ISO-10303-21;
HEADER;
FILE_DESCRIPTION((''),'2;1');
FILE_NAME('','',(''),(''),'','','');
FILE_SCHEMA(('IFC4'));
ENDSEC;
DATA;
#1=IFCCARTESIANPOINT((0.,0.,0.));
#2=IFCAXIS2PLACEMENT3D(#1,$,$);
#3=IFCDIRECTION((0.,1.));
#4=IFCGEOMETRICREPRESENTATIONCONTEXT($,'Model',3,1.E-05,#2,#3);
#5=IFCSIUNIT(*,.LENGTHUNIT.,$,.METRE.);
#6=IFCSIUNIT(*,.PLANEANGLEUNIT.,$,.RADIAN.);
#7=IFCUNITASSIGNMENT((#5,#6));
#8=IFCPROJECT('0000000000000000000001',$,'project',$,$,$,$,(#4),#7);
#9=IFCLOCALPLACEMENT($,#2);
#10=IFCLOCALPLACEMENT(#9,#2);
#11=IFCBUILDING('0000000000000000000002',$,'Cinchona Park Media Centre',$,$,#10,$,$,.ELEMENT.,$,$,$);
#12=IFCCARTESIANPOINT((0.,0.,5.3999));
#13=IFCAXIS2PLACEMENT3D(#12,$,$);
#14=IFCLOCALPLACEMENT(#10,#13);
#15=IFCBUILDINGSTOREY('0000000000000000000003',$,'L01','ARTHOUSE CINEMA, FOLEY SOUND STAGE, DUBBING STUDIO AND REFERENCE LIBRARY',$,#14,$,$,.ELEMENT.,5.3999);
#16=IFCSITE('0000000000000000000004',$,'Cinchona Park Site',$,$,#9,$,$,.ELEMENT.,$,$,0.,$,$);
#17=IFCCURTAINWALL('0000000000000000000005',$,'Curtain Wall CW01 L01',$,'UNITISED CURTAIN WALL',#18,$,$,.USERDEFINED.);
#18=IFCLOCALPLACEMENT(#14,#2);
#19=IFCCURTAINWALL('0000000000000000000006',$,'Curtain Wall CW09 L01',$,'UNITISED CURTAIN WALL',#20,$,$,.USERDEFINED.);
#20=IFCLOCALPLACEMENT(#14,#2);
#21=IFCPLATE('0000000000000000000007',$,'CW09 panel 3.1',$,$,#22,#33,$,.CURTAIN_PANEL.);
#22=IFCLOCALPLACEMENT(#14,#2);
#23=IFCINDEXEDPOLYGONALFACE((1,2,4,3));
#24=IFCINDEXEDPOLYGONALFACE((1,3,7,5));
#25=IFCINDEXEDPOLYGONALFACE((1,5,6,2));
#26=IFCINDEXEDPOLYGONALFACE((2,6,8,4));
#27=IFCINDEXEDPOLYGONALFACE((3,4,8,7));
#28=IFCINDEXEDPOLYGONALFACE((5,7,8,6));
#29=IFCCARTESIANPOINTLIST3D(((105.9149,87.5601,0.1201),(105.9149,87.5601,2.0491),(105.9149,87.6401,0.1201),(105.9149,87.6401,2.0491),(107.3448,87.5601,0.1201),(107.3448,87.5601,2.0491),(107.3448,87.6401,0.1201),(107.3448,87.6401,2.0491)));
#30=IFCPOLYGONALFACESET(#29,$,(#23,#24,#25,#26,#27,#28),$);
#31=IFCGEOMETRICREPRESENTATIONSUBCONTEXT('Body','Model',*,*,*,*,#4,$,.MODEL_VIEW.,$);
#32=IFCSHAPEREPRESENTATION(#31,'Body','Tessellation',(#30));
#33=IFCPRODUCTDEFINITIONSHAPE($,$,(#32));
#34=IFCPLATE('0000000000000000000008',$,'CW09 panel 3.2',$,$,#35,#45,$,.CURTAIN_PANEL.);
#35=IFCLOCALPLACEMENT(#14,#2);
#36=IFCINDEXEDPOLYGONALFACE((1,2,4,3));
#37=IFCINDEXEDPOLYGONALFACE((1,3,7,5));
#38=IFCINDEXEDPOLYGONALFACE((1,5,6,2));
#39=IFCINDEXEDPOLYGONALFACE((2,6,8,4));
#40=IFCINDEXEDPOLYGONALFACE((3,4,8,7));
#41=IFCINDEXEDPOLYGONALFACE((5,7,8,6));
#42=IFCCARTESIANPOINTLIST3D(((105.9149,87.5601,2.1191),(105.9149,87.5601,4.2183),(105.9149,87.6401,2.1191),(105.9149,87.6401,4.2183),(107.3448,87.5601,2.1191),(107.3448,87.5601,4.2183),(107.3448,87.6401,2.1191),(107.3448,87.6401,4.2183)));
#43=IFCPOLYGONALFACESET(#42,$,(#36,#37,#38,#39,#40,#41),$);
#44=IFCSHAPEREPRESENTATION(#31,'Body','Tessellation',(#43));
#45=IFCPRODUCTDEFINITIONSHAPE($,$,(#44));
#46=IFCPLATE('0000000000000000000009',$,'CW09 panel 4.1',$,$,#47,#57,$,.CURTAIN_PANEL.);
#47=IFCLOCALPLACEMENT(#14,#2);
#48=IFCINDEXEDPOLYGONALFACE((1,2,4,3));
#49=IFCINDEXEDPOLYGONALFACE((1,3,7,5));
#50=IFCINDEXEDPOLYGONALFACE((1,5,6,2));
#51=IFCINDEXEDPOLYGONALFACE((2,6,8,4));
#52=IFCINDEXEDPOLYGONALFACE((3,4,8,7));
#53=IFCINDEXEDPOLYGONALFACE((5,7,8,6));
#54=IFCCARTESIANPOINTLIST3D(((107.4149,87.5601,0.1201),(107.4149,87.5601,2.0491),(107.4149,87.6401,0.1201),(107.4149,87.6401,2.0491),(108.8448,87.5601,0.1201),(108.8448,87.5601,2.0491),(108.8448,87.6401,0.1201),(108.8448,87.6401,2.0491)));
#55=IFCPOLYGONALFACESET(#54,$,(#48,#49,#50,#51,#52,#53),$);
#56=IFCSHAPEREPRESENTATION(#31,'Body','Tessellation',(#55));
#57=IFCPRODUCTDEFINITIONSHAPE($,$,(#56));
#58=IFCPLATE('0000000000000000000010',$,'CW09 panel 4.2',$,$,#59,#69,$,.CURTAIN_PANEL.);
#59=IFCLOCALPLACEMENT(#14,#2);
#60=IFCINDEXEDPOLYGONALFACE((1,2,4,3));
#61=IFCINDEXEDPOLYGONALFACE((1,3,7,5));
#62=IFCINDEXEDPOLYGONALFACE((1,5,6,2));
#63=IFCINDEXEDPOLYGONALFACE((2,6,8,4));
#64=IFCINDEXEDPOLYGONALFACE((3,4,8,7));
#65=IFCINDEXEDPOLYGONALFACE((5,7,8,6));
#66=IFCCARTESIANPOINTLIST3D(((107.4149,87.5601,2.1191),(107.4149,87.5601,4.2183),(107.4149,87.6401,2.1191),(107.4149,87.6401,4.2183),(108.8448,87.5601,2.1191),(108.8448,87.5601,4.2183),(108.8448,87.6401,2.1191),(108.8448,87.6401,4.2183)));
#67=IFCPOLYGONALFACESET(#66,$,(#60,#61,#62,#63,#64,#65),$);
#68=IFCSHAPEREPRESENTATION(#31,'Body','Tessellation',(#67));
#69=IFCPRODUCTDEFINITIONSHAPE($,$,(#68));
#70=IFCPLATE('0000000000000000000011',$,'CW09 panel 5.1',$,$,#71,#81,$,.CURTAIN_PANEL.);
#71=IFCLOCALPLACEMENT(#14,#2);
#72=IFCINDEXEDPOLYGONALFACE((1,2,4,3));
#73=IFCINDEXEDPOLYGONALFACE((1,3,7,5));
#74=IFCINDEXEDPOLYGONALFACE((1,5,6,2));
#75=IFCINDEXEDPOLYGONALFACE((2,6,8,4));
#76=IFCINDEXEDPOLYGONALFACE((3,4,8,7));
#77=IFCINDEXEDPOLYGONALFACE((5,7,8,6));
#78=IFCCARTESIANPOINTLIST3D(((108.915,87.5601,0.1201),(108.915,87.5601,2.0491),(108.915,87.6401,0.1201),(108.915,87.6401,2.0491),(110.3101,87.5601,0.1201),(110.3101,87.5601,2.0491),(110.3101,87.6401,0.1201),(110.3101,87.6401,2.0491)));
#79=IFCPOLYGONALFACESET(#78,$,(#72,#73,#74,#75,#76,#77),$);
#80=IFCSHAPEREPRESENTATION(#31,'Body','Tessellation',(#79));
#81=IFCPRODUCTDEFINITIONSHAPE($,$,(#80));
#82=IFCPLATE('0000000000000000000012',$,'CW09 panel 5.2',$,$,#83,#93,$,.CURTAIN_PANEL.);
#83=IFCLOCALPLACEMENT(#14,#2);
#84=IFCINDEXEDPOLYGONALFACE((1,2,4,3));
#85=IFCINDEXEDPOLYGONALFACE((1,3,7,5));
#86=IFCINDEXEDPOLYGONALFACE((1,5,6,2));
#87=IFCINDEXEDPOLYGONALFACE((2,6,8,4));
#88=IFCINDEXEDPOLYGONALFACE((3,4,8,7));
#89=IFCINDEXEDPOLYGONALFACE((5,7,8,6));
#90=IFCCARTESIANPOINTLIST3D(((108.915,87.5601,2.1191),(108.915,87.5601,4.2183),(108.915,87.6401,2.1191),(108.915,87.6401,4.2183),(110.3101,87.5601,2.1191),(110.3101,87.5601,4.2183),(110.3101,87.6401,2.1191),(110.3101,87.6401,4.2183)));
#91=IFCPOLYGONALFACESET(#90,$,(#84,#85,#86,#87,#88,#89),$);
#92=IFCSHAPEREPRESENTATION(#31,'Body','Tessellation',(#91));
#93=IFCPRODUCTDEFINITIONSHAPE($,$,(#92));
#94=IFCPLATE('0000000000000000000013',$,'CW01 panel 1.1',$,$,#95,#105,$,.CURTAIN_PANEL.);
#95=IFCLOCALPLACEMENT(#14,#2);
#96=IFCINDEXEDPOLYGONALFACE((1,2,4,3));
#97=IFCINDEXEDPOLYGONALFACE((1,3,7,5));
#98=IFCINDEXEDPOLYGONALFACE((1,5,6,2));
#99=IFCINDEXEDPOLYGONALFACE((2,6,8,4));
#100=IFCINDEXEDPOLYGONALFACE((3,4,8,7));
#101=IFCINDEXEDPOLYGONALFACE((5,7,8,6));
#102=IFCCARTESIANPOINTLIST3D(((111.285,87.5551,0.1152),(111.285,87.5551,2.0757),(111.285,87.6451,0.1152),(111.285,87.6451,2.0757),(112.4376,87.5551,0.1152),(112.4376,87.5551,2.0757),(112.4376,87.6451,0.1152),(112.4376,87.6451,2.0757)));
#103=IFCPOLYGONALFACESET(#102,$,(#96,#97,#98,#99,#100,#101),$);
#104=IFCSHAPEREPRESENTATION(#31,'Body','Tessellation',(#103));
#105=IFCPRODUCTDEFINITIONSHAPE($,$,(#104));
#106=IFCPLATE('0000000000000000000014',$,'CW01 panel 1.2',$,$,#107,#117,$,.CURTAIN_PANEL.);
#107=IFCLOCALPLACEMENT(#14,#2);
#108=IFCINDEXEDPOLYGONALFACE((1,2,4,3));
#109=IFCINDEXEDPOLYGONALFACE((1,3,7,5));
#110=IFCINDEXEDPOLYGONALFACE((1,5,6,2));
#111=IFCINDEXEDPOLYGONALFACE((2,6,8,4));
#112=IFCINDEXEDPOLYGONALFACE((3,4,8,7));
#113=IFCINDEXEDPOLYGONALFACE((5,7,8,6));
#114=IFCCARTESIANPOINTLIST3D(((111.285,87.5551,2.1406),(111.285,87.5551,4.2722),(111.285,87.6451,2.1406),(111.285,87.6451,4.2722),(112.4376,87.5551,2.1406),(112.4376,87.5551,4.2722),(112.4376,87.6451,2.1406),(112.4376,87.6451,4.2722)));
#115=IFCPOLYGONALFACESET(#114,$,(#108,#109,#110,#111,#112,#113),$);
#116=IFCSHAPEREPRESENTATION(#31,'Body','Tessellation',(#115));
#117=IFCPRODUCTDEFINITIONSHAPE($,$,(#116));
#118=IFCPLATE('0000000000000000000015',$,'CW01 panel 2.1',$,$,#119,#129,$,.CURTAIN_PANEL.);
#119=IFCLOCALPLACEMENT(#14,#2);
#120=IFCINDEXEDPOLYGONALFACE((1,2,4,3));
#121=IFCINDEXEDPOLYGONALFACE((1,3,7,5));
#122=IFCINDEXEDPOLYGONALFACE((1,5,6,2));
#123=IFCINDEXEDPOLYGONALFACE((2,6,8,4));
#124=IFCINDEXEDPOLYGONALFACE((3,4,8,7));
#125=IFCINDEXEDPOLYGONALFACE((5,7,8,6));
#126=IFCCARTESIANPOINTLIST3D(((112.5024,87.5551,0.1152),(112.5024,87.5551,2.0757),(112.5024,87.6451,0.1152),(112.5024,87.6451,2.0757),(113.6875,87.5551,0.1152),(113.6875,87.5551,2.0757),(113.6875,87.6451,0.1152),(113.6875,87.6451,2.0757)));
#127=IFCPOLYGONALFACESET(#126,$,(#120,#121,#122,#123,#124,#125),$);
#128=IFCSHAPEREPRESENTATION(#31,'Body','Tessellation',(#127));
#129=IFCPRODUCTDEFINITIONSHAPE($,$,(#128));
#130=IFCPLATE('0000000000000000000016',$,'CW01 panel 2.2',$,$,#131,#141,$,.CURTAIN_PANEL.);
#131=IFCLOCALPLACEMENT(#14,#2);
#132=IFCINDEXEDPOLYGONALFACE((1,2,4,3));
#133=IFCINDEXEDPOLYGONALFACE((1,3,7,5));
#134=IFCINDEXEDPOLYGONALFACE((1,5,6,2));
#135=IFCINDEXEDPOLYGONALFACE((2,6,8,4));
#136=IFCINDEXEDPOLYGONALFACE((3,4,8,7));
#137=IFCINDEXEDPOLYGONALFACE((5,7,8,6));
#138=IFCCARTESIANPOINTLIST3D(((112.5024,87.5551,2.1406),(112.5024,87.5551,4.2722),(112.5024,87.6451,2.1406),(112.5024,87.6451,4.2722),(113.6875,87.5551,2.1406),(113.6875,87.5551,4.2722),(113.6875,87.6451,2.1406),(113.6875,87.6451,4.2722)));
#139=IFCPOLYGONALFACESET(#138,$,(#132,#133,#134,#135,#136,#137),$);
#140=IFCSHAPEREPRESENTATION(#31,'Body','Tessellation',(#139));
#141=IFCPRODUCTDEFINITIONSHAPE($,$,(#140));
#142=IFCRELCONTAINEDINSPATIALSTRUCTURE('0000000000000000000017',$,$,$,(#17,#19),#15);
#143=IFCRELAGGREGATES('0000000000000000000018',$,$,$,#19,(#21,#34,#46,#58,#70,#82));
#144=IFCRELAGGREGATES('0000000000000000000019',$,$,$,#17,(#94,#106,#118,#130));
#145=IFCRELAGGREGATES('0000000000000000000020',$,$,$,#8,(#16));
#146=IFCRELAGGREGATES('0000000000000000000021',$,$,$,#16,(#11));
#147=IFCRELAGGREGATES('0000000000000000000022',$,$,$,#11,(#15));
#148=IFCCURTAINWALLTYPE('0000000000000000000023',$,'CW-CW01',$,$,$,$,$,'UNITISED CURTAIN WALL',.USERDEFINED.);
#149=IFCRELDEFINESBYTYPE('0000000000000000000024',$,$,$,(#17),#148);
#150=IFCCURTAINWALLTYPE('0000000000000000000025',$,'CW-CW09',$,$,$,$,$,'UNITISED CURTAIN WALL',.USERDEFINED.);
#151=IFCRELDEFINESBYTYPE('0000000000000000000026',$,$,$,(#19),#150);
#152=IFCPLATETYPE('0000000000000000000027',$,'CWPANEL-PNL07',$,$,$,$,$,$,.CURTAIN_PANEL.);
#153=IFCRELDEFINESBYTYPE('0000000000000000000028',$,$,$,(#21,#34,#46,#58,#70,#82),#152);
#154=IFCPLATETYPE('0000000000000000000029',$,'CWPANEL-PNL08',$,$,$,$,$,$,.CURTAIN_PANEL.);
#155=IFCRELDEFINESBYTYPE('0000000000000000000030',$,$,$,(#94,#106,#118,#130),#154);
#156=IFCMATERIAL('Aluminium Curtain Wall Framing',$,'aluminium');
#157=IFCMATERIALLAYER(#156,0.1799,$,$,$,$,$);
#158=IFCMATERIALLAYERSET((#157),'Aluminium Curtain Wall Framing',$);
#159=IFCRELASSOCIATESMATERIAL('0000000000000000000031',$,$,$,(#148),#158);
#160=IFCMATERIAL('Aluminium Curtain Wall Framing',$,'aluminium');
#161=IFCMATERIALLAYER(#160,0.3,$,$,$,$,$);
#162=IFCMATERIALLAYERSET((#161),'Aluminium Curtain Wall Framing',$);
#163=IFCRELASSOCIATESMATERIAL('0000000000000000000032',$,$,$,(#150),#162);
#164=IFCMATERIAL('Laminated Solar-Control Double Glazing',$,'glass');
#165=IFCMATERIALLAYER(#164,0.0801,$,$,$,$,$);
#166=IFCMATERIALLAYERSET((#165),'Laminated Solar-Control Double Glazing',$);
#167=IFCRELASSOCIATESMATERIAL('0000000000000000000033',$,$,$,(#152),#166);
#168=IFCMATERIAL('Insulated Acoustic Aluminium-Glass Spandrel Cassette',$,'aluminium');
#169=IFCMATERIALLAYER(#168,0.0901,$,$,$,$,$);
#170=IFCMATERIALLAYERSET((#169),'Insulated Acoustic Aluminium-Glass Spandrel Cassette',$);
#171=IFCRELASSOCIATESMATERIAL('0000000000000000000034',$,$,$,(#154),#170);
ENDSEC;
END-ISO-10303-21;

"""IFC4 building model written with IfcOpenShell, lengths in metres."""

from ifc_helpers import new_model, si_unit, direction, frame, origin, origin_2d, place, context, subcontext, project, spatial, rectangle, extrude, material, layer, layer_set, type_object, element, aggregate, save


model = new_model("IFC4")

# Units and contexts
model_context = context("Model", 3, precision=1e-05, world=origin(), true_north=direction((0.0, 1.0)))
body_context = subcontext(model_context, "Body", "Model", "MODEL_VIEW")
ifc_project = project(units=[si_unit("LENGTHUNIT", "METRE"), si_unit("PLANEANGLEUNIT", "RADIAN")], contexts=[model_context])

# Site, building, storey
site_placement = place(None, origin())
site = spatial("IfcSite", under=ifc_project, at=site_placement, Name="Cinchona Park Site", CompositionType="ELEMENT", RefElevation=0.0)
building_placement = place(site_placement, origin())
building = spatial("IfcBuilding", under=site, at=building_placement, Name="Cinchona Park Media Centre", CompositionType="ELEMENT")
storey_placement = place(building_placement, frame((0.0, 0.0, 5.3999)))
storey = spatial("IfcBuildingStorey", under=building, at=storey_placement, Name="L01", Description="ARTHOUSE CINEMA, FOLEY SOUND STAGE, DUBBING STUDIO AND REFERENCE LIBRARY", CompositionType="ELEMENT", Elevation=5.3999)

# Curtain walls
ifc_material_1 = material(Name="Aluminium Curtain Wall Framing", Category="aluminium")
ifc_layer_1 = layer(ifc_material_1, 0.1799)
ifc_layer_set_1 = layer_set([ifc_layer_1], Name="Aluminium Curtain Wall Framing")
curtain_wall_type_1 = type_object("IfcCurtainWallType", Name="CW-CW01", ElementType="UNITISED CURTAIN WALL", PredefinedType="USERDEFINED", material=ifc_layer_set_1)
curtain_wall_1_placement = place(storey_placement, origin())
curtain_wall_1 = element("IfcCurtainWall", 1, at=curtain_wall_1_placement, inside=storey, type_object=curtain_wall_type_1, Name="Curtain Wall CW01 L01", ObjectType="UNITISED CURTAIN WALL", PredefinedType="USERDEFINED")
ifc_material_2 = material(Name="Aluminium Curtain Wall Framing", Category="aluminium")
ifc_layer_2 = layer(ifc_material_2, 0.3)
ifc_layer_set_2 = layer_set([ifc_layer_2], Name="Aluminium Curtain Wall Framing")
curtain_wall_type_2 = type_object("IfcCurtainWallType", Name="CW-CW09", ElementType="UNITISED CURTAIN WALL", PredefinedType="USERDEFINED", material=ifc_layer_set_2)
curtain_wall_2_placement = place(storey_placement, origin())
curtain_wall_2 = element("IfcCurtainWall", 2, at=curtain_wall_2_placement, inside=storey, type_object=curtain_wall_type_2, Name="Curtain Wall CW09 L01", ObjectType="UNITISED CURTAIN WALL", PredefinedType="USERDEFINED")

# Plates
ifc_material_3 = material(Name="Laminated Solar-Control Double Glazing", Category="glass")
ifc_layer_3 = layer(ifc_material_3, 0.0801)
ifc_layer_set_3 = layer_set([ifc_layer_3], Name="Laminated Solar-Control Double Glazing")
plate_type_1 = type_object("IfcPlateType", Name="CWPANEL-PNL07", PredefinedType="CURTAIN_PANEL", material=ifc_layer_set_3)
plate_1_placement = place(storey_placement, frame((106.6299, 87.6001, 0.1201), z_axis=(0.0, 0.0, 1.0), x_axis=(1.0, 0.0, 0.0)))
plate_1 = element("IfcPlate", 3, at=plate_1_placement, type_object=plate_type_1, Name="CW09 panel 3.1", PredefinedType="CURTAIN_PANEL", context=body_context, shape_type="SweptSolid", body=[
    extrude(rectangle(XDim=1.4299, YDim=0.0801, at=origin_2d()), origin(), (0.0, 0.0, 1.0), 1.929),
])
plate_2_placement = place(storey_placement, frame((106.6299, 87.6001, 2.1191), z_axis=(0.0, 0.0, 1.0), x_axis=(1.0, 0.0, 0.0)))
plate_2 = element("IfcPlate", 4, at=plate_2_placement, type_object=plate_type_1, Name="CW09 panel 3.2", PredefinedType="CURTAIN_PANEL", context=body_context, shape_type="SweptSolid", body=[
    extrude(rectangle(XDim=1.4299, YDim=0.0801, at=origin_2d()), origin(), (0.0, 0.0, 1.0), 2.0991),
])
plate_3_placement = place(storey_placement, frame((108.1299, 87.6001, 0.1201), z_axis=(0.0, 0.0, 1.0), x_axis=(1.0, 0.0, 0.0)))
plate_3 = element("IfcPlate", 5, at=plate_3_placement, type_object=plate_type_1, Name="CW09 panel 4.1", PredefinedType="CURTAIN_PANEL", context=body_context, shape_type="SweptSolid", body=[
    extrude(rectangle(XDim=1.4299, YDim=0.0801, at=origin_2d()), origin(), (0.0, 0.0, 1.0), 1.929),
])
plate_4_placement = place(storey_placement, frame((108.1299, 87.6001, 2.1191), z_axis=(0.0, 0.0, 1.0), x_axis=(1.0, 0.0, 0.0)))
plate_4 = element("IfcPlate", 6, at=plate_4_placement, type_object=plate_type_1, Name="CW09 panel 4.2", PredefinedType="CURTAIN_PANEL", context=body_context, shape_type="SweptSolid", body=[
    extrude(rectangle(XDim=1.4299, YDim=0.0801, at=origin_2d()), origin(), (0.0, 0.0, 1.0), 2.0991),
])
plate_5_placement = place(storey_placement, frame((109.6125, 87.6001, 0.1201), z_axis=(0.0, 0.0, 1.0), x_axis=(1.0, 0.0, 0.0)))
plate_5 = element("IfcPlate", 7, at=plate_5_placement, type_object=plate_type_1, Name="CW09 panel 5.1", PredefinedType="CURTAIN_PANEL", context=body_context, shape_type="SweptSolid", body=[
    extrude(rectangle(XDim=1.395, YDim=0.0801, at=origin_2d()), origin(), (0.0, 0.0, 1.0), 1.929),
])
plate_6_placement = place(storey_placement, frame((109.6125, 87.6001, 2.1191), z_axis=(0.0, 0.0, 1.0), x_axis=(1.0, 0.0, 0.0)))
plate_6 = element("IfcPlate", 8, at=plate_6_placement, type_object=plate_type_1, Name="CW09 panel 5.2", PredefinedType="CURTAIN_PANEL", context=body_context, shape_type="SweptSolid", body=[
    extrude(rectangle(XDim=1.395, YDim=0.0801, at=origin_2d()), origin(), (0.0, 0.0, 1.0), 2.0991),
])
aggregate(curtain_wall_2, [plate_1, plate_2, plate_3, plate_4, plate_5, plate_6])
ifc_material_4 = material(Name="Insulated Acoustic Aluminium-Glass Spandrel Cassette", Category="aluminium")
ifc_layer_4 = layer(ifc_material_4, 0.0901)
ifc_layer_set_4 = layer_set([ifc_layer_4], Name="Insulated Acoustic Aluminium-Glass Spandrel Cassette")
plate_type_2 = type_object("IfcPlateType", Name="CWPANEL-PNL08", PredefinedType="CURTAIN_PANEL", material=ifc_layer_set_4)
plate_7_placement = place(storey_placement, frame((111.8613, 87.6001, 0.1152), z_axis=(0.0, 0.0, 1.0), x_axis=(1.0, 0.0, 0.0)))
plate_7 = element("IfcPlate", 9, at=plate_7_placement, type_object=plate_type_2, Name="CW01 panel 1.1", PredefinedType="CURTAIN_PANEL", context=body_context, shape_type="SweptSolid", body=[
    extrude(rectangle(XDim=1.1526, YDim=0.0901, at=origin_2d()), origin(), (0.0, 0.0, 1.0), 1.9604),
])
plate_8_placement = place(storey_placement, frame((111.8613, 87.6001, 2.1406), z_axis=(0.0, 0.0, 1.0), x_axis=(1.0, 0.0, 0.0)))
plate_8 = element("IfcPlate", 10, at=plate_8_placement, type_object=plate_type_2, Name="CW01 panel 1.2", PredefinedType="CURTAIN_PANEL", context=body_context, shape_type="SweptSolid", body=[
    extrude(rectangle(XDim=1.1526, YDim=0.0901, at=origin_2d()), origin(), (0.0, 0.0, 1.0), 2.1316),
])
plate_9_placement = place(storey_placement, frame((113.095, 87.6001, 0.1152), z_axis=(0.0, 0.0, 1.0), x_axis=(1.0, 0.0, 0.0)))
plate_9 = element("IfcPlate", 11, at=plate_9_placement, type_object=plate_type_2, Name="CW01 panel 2.1", PredefinedType="CURTAIN_PANEL", context=body_context, shape_type="SweptSolid", body=[
    extrude(rectangle(XDim=1.1851, YDim=0.0901, at=origin_2d()), origin(), (0.0, 0.0, 1.0), 1.9604),
])
plate_10_placement = place(storey_placement, frame((113.095, 87.6001, 2.1406), z_axis=(0.0, 0.0, 1.0), x_axis=(1.0, 0.0, 0.0)))
plate_10 = element("IfcPlate", 12, at=plate_10_placement, type_object=plate_type_2, Name="CW01 panel 2.2", PredefinedType="CURTAIN_PANEL", context=body_context, shape_type="SweptSolid", body=[
    extrude(rectangle(XDim=1.1851, YDim=0.0901, at=origin_2d()), origin(), (0.0, 0.0, 1.0), 2.1316),
])
aggregate(curtain_wall_1, [plate_7, plate_8, plate_9, plate_10])

save(model, "model.ifc")
